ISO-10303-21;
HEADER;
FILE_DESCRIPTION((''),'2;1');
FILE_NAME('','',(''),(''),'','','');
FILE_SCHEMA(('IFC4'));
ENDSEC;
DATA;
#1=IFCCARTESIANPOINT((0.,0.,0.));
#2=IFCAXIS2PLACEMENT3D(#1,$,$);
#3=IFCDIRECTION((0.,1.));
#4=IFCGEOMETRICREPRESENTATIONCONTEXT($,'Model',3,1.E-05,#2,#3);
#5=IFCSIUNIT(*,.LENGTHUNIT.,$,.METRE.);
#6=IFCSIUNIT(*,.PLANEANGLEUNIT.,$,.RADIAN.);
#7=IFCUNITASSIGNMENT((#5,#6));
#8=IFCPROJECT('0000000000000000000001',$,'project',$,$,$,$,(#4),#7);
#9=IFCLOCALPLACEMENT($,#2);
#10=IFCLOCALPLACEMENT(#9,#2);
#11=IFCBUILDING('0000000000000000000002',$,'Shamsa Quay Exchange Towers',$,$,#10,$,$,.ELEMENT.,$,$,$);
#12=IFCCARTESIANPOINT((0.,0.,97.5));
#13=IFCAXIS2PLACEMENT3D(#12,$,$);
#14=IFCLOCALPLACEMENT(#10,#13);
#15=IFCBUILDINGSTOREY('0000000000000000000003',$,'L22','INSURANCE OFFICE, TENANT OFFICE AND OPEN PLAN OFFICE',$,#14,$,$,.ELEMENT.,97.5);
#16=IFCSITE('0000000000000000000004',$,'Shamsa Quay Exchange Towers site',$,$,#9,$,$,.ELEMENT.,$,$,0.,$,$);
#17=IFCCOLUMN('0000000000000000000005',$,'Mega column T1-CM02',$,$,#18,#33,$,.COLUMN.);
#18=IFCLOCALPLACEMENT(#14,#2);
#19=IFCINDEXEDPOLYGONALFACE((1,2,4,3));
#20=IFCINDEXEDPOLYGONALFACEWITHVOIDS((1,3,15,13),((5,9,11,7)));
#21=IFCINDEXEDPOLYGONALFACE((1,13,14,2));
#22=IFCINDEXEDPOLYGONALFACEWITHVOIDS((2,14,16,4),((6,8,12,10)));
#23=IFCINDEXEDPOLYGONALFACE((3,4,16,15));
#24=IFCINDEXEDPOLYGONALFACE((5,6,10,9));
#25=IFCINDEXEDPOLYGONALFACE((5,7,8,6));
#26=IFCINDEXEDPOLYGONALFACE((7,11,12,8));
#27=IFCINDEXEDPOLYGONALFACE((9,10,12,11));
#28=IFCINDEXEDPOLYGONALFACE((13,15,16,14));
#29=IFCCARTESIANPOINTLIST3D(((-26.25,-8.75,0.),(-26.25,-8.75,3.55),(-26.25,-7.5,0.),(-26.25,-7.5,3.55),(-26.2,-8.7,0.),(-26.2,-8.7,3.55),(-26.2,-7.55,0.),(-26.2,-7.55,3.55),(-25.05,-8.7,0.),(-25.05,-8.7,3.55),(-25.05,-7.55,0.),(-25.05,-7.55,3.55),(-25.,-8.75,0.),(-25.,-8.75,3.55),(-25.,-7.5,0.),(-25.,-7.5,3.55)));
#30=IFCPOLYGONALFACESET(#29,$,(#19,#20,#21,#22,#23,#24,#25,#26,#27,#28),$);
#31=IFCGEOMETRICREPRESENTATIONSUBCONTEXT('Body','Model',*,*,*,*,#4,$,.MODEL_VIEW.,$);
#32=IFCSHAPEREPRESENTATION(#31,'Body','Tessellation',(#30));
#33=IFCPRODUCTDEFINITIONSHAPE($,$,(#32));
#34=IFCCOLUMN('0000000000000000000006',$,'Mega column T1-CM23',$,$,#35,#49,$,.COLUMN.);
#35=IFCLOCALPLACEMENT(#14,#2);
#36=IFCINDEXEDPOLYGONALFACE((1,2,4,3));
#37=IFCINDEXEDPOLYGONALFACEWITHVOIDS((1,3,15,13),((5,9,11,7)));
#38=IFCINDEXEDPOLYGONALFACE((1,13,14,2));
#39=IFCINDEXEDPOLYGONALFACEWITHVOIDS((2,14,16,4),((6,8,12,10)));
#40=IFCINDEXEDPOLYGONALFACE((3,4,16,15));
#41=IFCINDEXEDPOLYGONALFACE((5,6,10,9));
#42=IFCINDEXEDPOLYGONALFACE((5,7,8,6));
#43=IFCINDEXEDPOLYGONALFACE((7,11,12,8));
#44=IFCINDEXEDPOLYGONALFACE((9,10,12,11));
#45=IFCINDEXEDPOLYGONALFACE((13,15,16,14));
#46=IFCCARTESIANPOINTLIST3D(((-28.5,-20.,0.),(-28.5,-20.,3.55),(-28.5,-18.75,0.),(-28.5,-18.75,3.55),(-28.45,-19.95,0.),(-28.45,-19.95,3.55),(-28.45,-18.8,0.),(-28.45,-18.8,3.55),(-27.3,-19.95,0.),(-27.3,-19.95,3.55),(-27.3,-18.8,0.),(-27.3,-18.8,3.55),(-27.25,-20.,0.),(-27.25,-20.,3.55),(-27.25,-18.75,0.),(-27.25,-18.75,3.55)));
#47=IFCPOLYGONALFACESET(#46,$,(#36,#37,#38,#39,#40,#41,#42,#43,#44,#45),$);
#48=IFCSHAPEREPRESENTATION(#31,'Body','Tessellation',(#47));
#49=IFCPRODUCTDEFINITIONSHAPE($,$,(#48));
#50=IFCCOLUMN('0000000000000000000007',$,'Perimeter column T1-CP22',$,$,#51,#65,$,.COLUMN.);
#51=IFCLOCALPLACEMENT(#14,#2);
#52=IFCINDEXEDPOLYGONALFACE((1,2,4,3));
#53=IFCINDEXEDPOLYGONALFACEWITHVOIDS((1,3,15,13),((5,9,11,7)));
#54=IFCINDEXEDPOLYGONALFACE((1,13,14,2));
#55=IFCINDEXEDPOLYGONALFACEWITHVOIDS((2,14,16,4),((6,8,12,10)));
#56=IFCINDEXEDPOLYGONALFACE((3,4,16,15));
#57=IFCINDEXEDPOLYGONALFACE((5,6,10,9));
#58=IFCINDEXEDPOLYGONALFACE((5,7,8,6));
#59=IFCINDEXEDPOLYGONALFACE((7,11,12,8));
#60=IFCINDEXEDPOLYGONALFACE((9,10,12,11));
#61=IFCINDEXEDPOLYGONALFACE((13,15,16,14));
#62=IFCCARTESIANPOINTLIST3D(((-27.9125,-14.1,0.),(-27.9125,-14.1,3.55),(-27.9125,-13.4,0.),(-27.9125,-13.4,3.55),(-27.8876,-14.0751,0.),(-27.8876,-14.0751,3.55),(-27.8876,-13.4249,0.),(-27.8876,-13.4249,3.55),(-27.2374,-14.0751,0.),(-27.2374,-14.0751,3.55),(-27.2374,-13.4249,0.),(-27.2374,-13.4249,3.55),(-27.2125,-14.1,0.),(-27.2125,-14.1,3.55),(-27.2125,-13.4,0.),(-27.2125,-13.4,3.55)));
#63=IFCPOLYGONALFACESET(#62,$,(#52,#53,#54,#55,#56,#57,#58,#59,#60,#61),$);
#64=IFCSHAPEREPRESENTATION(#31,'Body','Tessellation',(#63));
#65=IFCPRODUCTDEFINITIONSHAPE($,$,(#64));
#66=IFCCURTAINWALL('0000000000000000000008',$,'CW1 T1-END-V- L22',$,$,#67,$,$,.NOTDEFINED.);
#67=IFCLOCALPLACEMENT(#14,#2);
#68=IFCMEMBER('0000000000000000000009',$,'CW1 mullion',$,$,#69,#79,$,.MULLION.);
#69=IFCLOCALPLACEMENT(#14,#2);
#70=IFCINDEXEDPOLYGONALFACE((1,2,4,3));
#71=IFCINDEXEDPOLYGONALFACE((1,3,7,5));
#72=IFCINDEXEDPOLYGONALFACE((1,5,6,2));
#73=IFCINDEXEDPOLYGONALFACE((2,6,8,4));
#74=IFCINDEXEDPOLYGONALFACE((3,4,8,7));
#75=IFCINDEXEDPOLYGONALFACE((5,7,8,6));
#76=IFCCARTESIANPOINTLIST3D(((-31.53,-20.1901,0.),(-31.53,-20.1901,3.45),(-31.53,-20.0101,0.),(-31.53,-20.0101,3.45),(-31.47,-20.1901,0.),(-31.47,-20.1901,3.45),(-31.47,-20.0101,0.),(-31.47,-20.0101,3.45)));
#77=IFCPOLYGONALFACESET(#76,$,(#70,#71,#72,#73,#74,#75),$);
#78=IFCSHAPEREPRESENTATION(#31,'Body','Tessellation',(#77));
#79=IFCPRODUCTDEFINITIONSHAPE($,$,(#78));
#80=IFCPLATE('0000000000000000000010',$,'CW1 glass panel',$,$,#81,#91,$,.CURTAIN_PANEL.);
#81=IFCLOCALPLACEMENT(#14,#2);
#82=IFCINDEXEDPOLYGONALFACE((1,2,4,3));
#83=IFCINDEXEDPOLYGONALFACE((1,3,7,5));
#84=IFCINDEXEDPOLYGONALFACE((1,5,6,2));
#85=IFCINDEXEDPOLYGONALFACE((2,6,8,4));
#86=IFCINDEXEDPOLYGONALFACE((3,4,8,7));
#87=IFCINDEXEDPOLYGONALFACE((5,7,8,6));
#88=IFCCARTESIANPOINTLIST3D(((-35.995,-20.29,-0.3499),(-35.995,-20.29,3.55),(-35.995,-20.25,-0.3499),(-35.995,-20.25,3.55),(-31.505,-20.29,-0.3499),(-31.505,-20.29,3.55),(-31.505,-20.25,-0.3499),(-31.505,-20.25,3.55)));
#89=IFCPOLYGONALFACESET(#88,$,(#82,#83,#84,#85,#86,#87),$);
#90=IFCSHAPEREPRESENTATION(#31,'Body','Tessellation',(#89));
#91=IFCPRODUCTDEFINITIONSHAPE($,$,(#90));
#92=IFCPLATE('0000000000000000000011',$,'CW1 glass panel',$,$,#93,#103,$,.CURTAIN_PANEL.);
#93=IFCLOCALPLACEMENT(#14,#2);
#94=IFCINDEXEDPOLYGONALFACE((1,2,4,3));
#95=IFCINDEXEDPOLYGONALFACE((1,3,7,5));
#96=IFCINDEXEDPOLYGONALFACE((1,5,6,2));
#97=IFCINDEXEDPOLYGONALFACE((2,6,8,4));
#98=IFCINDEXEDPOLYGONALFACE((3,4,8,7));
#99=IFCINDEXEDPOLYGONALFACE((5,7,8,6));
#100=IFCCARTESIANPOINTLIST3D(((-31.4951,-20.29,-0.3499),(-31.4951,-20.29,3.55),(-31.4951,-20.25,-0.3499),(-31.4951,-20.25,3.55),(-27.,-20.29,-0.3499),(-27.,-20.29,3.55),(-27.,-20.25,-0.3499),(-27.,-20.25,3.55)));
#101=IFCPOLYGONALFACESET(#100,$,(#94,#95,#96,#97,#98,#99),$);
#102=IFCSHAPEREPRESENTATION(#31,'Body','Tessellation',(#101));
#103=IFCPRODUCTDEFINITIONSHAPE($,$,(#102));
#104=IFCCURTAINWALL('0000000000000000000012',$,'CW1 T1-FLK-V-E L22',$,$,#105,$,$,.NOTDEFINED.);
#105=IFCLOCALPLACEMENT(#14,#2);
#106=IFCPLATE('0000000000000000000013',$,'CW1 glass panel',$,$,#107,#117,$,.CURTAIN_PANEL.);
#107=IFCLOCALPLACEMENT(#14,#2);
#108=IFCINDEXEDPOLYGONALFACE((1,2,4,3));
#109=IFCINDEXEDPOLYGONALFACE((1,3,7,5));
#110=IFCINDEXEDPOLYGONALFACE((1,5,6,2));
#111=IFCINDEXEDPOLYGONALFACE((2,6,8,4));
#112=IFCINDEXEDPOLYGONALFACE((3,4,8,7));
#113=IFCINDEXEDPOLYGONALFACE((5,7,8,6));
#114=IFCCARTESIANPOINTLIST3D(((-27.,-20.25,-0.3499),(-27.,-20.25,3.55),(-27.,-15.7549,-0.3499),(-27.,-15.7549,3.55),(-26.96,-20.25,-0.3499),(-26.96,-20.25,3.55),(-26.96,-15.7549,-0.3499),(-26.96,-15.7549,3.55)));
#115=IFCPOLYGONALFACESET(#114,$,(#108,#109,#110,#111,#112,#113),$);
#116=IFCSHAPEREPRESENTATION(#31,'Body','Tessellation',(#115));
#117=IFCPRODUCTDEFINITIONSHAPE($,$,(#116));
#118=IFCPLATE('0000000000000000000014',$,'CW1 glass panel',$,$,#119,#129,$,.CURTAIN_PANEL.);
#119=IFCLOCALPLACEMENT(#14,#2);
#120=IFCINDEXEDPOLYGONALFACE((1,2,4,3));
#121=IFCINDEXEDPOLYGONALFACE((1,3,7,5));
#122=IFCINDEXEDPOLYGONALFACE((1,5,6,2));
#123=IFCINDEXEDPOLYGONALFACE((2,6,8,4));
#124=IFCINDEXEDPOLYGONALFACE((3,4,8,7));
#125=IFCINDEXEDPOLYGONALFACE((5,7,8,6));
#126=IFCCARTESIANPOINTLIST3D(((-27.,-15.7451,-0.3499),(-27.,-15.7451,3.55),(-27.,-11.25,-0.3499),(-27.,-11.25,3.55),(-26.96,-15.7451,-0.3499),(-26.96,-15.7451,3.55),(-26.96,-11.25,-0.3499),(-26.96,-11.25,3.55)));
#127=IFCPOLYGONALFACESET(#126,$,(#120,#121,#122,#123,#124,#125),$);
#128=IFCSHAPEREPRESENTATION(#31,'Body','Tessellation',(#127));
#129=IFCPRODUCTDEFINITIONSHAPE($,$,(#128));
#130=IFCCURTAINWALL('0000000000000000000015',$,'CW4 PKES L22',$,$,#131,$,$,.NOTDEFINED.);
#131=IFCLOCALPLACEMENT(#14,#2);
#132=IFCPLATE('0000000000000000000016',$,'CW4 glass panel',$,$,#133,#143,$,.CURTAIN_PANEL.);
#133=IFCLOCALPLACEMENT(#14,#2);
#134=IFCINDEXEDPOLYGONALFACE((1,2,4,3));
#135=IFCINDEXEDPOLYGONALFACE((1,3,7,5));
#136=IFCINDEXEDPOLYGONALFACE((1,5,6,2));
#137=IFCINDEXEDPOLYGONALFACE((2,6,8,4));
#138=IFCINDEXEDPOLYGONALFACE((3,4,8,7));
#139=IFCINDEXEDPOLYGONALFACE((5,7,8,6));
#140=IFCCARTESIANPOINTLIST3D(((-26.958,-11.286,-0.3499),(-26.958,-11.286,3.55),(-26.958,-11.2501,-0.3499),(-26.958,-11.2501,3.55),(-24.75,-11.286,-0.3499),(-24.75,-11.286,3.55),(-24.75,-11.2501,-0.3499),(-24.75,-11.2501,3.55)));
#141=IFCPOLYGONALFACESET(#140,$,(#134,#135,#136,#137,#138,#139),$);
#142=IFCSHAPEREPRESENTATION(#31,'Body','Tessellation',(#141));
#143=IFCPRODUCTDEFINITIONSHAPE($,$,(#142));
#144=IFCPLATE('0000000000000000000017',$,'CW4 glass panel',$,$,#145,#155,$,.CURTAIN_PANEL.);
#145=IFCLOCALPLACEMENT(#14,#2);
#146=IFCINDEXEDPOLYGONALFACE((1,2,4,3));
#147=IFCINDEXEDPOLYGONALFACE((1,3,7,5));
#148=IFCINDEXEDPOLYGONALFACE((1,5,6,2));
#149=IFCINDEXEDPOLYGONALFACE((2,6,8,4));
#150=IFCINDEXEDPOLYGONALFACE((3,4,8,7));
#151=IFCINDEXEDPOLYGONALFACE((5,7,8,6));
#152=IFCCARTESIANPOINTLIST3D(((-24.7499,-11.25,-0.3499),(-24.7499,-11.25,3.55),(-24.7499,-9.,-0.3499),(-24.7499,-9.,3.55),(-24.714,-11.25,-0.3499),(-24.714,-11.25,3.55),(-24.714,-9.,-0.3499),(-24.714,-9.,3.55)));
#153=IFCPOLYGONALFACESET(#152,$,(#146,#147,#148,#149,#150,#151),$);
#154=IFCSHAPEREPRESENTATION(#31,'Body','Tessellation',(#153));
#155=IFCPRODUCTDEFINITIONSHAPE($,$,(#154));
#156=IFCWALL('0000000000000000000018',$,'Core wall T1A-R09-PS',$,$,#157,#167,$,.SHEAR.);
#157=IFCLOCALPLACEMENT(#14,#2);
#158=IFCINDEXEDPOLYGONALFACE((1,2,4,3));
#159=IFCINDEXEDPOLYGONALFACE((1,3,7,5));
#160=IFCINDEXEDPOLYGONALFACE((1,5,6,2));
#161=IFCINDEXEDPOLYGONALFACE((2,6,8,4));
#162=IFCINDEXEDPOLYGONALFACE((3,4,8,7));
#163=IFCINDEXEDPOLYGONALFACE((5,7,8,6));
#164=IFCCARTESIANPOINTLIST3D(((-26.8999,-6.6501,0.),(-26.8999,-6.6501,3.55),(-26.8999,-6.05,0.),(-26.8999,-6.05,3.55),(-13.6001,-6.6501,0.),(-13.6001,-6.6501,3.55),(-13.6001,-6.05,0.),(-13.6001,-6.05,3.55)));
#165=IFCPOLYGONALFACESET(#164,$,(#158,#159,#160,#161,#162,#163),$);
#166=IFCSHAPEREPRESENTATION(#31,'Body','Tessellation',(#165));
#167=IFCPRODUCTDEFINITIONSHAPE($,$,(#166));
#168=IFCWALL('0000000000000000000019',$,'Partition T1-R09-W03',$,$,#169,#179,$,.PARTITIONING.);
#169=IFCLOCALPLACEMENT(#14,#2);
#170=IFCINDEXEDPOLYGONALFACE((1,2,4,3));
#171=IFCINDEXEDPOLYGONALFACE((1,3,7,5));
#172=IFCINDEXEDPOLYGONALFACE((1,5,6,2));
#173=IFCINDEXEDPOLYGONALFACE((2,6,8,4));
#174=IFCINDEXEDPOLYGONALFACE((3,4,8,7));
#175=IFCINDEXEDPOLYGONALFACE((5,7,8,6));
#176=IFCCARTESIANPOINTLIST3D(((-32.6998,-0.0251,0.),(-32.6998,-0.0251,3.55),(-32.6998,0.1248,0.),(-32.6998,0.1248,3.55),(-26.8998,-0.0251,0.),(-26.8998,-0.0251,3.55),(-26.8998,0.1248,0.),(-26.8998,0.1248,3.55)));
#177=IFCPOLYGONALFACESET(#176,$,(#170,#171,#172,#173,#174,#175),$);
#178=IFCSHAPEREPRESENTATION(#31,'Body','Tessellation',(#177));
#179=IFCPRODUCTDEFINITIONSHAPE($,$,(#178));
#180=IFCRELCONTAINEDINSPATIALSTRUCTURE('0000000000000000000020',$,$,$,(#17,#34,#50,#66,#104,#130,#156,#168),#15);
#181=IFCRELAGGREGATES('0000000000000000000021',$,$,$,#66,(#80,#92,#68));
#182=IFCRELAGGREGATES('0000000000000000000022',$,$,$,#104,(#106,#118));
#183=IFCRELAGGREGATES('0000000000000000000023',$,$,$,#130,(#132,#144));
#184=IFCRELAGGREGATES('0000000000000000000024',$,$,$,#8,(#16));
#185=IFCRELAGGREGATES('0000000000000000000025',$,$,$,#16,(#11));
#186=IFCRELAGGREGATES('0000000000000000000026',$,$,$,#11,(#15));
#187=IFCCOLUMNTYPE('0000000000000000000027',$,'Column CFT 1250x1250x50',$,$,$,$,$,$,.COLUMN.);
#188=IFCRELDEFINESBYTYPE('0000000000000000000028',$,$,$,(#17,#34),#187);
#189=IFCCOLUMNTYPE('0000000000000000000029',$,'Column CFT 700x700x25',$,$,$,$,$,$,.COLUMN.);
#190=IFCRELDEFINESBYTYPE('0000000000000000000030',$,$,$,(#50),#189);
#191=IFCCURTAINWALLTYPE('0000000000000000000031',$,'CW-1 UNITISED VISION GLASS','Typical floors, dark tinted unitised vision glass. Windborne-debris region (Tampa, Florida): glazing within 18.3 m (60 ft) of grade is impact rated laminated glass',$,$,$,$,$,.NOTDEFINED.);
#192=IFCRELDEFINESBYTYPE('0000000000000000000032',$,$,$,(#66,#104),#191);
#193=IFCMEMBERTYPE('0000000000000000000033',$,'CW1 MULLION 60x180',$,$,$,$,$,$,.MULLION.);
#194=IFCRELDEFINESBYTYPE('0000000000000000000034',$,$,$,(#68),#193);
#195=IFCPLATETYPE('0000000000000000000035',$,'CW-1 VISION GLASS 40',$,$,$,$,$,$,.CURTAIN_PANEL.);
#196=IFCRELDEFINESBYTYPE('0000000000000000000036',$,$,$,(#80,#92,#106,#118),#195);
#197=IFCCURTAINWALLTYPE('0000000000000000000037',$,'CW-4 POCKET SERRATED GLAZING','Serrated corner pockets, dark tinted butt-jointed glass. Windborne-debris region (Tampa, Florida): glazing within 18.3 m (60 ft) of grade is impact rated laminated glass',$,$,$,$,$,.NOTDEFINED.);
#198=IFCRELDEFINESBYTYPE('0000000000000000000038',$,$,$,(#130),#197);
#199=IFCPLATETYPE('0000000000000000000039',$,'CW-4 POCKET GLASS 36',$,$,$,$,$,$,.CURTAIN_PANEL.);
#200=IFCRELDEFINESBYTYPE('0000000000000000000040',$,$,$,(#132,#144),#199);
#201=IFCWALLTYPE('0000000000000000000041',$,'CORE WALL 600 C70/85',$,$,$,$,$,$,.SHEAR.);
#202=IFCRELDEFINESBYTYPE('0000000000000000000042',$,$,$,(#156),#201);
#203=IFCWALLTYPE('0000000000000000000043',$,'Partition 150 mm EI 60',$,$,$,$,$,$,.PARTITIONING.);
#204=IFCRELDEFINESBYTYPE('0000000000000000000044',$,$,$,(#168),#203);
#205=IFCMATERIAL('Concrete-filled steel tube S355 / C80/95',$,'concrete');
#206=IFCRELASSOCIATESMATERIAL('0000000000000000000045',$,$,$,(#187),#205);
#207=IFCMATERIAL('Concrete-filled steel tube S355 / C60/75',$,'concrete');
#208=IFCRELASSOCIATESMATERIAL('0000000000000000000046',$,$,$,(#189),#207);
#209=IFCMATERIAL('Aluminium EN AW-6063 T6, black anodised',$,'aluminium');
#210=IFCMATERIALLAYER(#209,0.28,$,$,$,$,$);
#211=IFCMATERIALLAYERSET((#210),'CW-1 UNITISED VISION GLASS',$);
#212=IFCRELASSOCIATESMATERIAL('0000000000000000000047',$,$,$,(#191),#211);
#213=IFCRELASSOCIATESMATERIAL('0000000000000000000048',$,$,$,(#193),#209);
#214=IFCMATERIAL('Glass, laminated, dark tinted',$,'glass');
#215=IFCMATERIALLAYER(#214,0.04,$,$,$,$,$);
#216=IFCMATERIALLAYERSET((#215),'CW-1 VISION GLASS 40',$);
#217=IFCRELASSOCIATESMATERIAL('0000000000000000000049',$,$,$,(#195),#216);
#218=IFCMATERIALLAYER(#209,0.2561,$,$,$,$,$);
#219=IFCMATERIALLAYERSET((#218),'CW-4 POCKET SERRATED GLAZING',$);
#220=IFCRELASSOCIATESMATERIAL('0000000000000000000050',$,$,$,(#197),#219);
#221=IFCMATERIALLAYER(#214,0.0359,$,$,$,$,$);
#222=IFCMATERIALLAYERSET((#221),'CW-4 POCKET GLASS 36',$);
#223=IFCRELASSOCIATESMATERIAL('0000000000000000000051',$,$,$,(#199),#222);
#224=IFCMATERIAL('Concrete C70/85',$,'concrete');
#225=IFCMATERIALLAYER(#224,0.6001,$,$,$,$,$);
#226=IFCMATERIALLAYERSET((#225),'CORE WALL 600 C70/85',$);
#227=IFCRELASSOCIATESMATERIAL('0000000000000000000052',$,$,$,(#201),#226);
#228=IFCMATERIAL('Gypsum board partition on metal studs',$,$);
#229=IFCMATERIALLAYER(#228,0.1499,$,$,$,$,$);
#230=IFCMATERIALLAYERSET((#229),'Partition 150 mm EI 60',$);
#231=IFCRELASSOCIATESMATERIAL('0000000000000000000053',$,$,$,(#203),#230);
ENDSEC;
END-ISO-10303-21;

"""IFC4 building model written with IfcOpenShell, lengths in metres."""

from ifc_helpers import new_model, si_unit, direction, frame, frame_2d, origin, origin_2d, place, context, subcontext, project, spatial, rectangle, hollow_rectangle, extrude, material, layer, layer_set, material_profile, profile_set, type_object, element, aggregate, save


model = new_model("IFC4")

# Units and contexts
model_context = context("Model", 3, precision=1e-05, world=origin(), true_north=direction((0.0, 1.0)))
body_context = subcontext(model_context, "Body", "Model", "MODEL_VIEW")
ifc_project = project(units=[si_unit("LENGTHUNIT", "METRE"), si_unit("PLANEANGLEUNIT", "RADIAN")], contexts=[model_context])

# Site, building, storey
site_placement = place(None, origin())
site = spatial("IfcSite", under=ifc_project, at=site_placement, Name="Shamsa Quay Exchange Towers site", CompositionType="ELEMENT", RefElevation=0.0)
building_placement = place(site_placement, origin())
building = spatial("IfcBuilding", under=site, at=building_placement, Name="Shamsa Quay Exchange Towers", CompositionType="ELEMENT")
storey_placement = place(building_placement, frame((0.0, 0.0, 97.5)))
storey = spatial("IfcBuildingStorey", under=building, at=storey_placement, Name="L22", Description="INSURANCE OFFICE, TENANT OFFICE AND OPEN PLAN OFFICE", CompositionType="ELEMENT", Elevation=97.5)

# Columns
ifc_material_1 = material(Name="Concrete-filled steel tube S355 / C80/95", Category="concrete")
ifc_material_profile_1 = material_profile(ifc_material_1, hollow_rectangle(XDim=1.25, YDim=1.25, WallThickness=0.05, at=origin_2d()), Name="CFT 1250x1250x50")
ifc_profile_set_1 = profile_set([ifc_material_profile_1], Name="Concrete-filled steel tube S355 / C80/95")
column_type_1 = type_object("IfcColumnType", Name="Column CFT 1250x1250x50", PredefinedType="COLUMN", material=ifc_profile_set_1)
for number, where, name in (
    (1, (-25.625, -8.125, 0.0), "Mega column T1-CM02"),
    (2, (-27.875, -19.375, 0.0), "Mega column T1-CM23"),
):
    element("IfcColumn", number, at=place(storey_placement, frame(where)), inside=storey, type_object=column_type_1, Name=name, PredefinedType="COLUMN", context=body_context, shape_type="SweptSolid", body=[
        extrude(hollow_rectangle(XDim=1.25, YDim=1.25, WallThickness=0.05, at=origin_2d()), origin(), (0.0, 0.0, 1.0), 3.55),
    ])
ifc_material_2 = material(Name="Concrete-filled steel tube S355 / C60/75", Category="concrete")
ifc_material_profile_2 = material_profile(ifc_material_2, hollow_rectangle(XDim=0.7, YDim=0.7, WallThickness=0.0249, at=origin_2d()), Name="CFT 700x700x25")
ifc_profile_set_2 = profile_set([ifc_material_profile_2], Name="Concrete-filled steel tube S355 / C60/75")
column_type_2 = type_object("IfcColumnType", Name="Column CFT 700x700x25", PredefinedType="COLUMN", material=ifc_profile_set_2)
column_placement = place(storey_placement, frame((-27.5625, -13.75, 0.0)))
element("IfcColumn", 3, at=column_placement, inside=storey, type_object=column_type_2, Name="Perimeter column T1-CP22", PredefinedType="COLUMN", context=body_context, shape_type="SweptSolid", body=[
    extrude(hollow_rectangle(XDim=0.7, YDim=0.7, WallThickness=0.0249, at=origin_2d()), origin(), (0.0, 0.0, 1.0), 3.55),
])

# Curtain wall, member, plates
ifc_material_3 = material(Name="Aluminium EN AW-6063 T6, black anodised", Category="aluminium")
ifc_layer_1 = layer(ifc_material_3, 0.28)
ifc_layer_set_1 = layer_set([ifc_layer_1], Name="CW-1 UNITISED VISION GLASS")
curtain_wall_type_1 = type_object("IfcCurtainWallType", Name="CW-1 UNITISED VISION GLASS", Description="Typical floors, dark tinted unitised vision glass. Windborne-debris region (Tampa, Florida): glazing within 18.3 m (60 ft) of grade is impact rated laminated glass", PredefinedType="NOTDEFINED", material=ifc_layer_set_1)
curtain_wall_1_placement = place(storey_placement, origin())
curtain_wall_1 = element("IfcCurtainWall", 4, at=curtain_wall_1_placement, inside=storey, type_object=curtain_wall_type_1, Name="CW1 T1-END-V- L22", PredefinedType="NOTDEFINED")
ifc_material_profile_3 = material_profile(ifc_material_3, rectangle(XDim=0.1799, YDim=0.0601, at=origin_2d()), Name="MU60x180")
ifc_profile_set_3 = profile_set([ifc_material_profile_3], Name="Aluminium EN AW-6063 T6, black anodised")
member_type = type_object("IfcMemberType", Name="CW1 MULLION 60x180", PredefinedType="MULLION", material=ifc_profile_set_3)
member_placement = place(storey_placement, frame((-31.5, -20.1001, 0.0), z_axis=(0.0, 0.0, 1.0), x_axis=(0.0, 1.0, 0.0)))
member = element("IfcMember", 5, at=member_placement, type_object=member_type, Name="CW1 mullion", PredefinedType="MULLION", context=body_context, shape_type="SweptSolid", body=[
    extrude(rectangle(XDim=0.1799, YDim=0.0601, at=origin_2d()), origin(), (0.0, 0.0, 1.0), 3.45),
])
ifc_material_4 = material(Name="Glass, laminated, dark tinted", Category="glass")
ifc_layer_2 = layer(ifc_material_4, 0.04)
ifc_layer_set_2 = layer_set([ifc_layer_2], Name="CW-1 VISION GLASS 40")
plate_type_1 = type_object("IfcPlateType", Name="CW-1 VISION GLASS 40", PredefinedType="CURTAIN_PANEL", material=ifc_layer_set_2)
plate_1_placement = place(storey_placement, frame((-33.75, -20.27, -0.3499)))
plate_1 = element("IfcPlate", 6, at=plate_1_placement, type_object=plate_type_1, Name="CW1 glass panel", PredefinedType="CURTAIN_PANEL", context=body_context, shape_type="SweptSolid", body=[
    extrude(rectangle(XDim=4.49, YDim=0.04, at=origin_2d()), origin(), (0.0, 0.0, 1.0), 3.8999),
])
plate_2_placement = place(storey_placement, frame((-29.2476, -20.27, -0.3499)))
plate_2 = element("IfcPlate", 7, at=plate_2_placement, type_object=plate_type_1, Name="CW1 glass panel", PredefinedType="CURTAIN_PANEL", context=body_context, shape_type="SweptSolid", body=[
    extrude(rectangle(XDim=4.4951, YDim=0.04, at=origin_2d()), origin(), (0.0, 0.0, 1.0), 3.8999),
])
aggregate(curtain_wall_1, [plate_1, plate_2, member])

# Curtain walls, plates
curtain_wall_2_placement = place(storey_placement, origin())
curtain_wall_2 = element("IfcCurtainWall", 8, at=curtain_wall_2_placement, inside=storey, type_object=curtain_wall_type_1, Name="CW1 T1-FLK-V-E L22", PredefinedType="NOTDEFINED")
plate_3_placement = place(storey_placement, frame((-26.98, -18.0024, -0.3499), z_axis=(0.0, 0.0, 1.0), x_axis=(0.0, 1.0, 0.0)))
plate_3 = element("IfcPlate", 9, at=plate_3_placement, type_object=plate_type_1, Name="CW1 glass panel", PredefinedType="CURTAIN_PANEL", context=body_context, shape_type="SweptSolid", body=[
    extrude(rectangle(XDim=4.4951, YDim=0.04, at=origin_2d()), origin(), (0.0, 0.0, 1.0), 3.8999),
])
plate_4_placement = place(storey_placement, frame((-26.98, -13.4976, -0.3499), z_axis=(0.0, 0.0, 1.0), x_axis=(0.0, 1.0, 0.0)))
plate_4 = element("IfcPlate", 10, at=plate_4_placement, type_object=plate_type_1, Name="CW1 glass panel", PredefinedType="CURTAIN_PANEL", context=body_context, shape_type="SweptSolid", body=[
    extrude(rectangle(XDim=4.4951, YDim=0.04, at=origin_2d()), origin(), (0.0, 0.0, 1.0), 3.8999),
])
aggregate(curtain_wall_2, [plate_3, plate_4])
ifc_layer_3 = layer(ifc_material_3, 0.2561)
ifc_layer_set_3 = layer_set([ifc_layer_3], Name="CW-4 POCKET SERRATED GLAZING")
curtain_wall_type_2 = type_object("IfcCurtainWallType", Name="CW-4 POCKET SERRATED GLAZING", Description="Serrated corner pockets, dark tinted butt-jointed glass. Windborne-debris region (Tampa, Florida): glazing within 18.3 m (60 ft) of grade is impact rated laminated glass", PredefinedType="NOTDEFINED", material=ifc_layer_set_3)
curtain_wall_3_placement = place(storey_placement, origin())
curtain_wall_3 = element("IfcCurtainWall", 11, at=curtain_wall_3_placement, inside=storey, type_object=curtain_wall_type_2, Name="CW4 PKES L22", PredefinedType="NOTDEFINED")
ifc_layer_4 = layer(ifc_material_4, 0.0359)
ifc_layer_set_4 = layer_set([ifc_layer_4], Name="CW-4 POCKET GLASS 36")
plate_type_2 = type_object("IfcPlateType", Name="CW-4 POCKET GLASS 36", PredefinedType="CURTAIN_PANEL", material=ifc_layer_set_4)
plate_5_placement = place(storey_placement, frame((-25.854, -11.2681, -0.3499)))
plate_5 = element("IfcPlate", 12, at=plate_5_placement, type_object=plate_type_2, Name="CW4 glass panel", PredefinedType="CURTAIN_PANEL", context=body_context, shape_type="SweptSolid", body=[
    extrude(rectangle(XDim=2.208, YDim=0.0359, at=origin_2d()), origin(), (0.0, 0.0, 1.0), 3.8999),
])
plate_6_placement = place(storey_placement, frame((-24.7319, -10.125, -0.3499), z_axis=(0.0, 0.0, 1.0), x_axis=(0.0, 1.0, 0.0)))
plate_6 = element("IfcPlate", 13, at=plate_6_placement, type_object=plate_type_2, Name="CW4 glass panel", PredefinedType="CURTAIN_PANEL", context=body_context, shape_type="SweptSolid", body=[
    extrude(rectangle(XDim=2.25, YDim=0.0359, at=origin_2d()), origin(), (0.0, 0.0, 1.0), 3.8999),
])
aggregate(curtain_wall_3, [plate_5, plate_6])

# Walls
ifc_material_5 = material(Name="Concrete C70/85", Category="concrete")
ifc_layer_5 = layer(ifc_material_5, 0.6001)
ifc_layer_set_5 = layer_set([ifc_layer_5], Name="CORE WALL 600 C70/85")
wall_type_1 = type_object("IfcWallType", Name="CORE WALL 600 C70/85", PredefinedType="SHEAR", material=ifc_layer_set_5)
wall_1_placement = place(storey_placement, frame((-26.8999, -6.3501, 0.0)))
element("IfcWall", 14, at=wall_1_placement, inside=storey, type_object=wall_type_1, Name="Core wall T1A-R09-PS", PredefinedType="SHEAR", context=body_context, shape_type="SweptSolid", body=[
    extrude(rectangle(XDim=13.2998, YDim=0.6001, at=frame_2d((6.6499, 0.0))), origin(), (0.0, 0.0, 1.0), 3.55),
])
ifc_material_6 = material(Name="Gypsum board partition on metal studs")
ifc_layer_6 = layer(ifc_material_6, 0.1499)
ifc_layer_set_6 = layer_set([ifc_layer_6], Name="Partition 150 mm EI 60")
wall_type_2 = type_object("IfcWallType", Name="Partition 150 mm EI 60", PredefinedType="PARTITIONING", material=ifc_layer_set_6)
wall_2_placement = place(storey_placement, frame((-26.8999, 0.0498, 0.0), z_axis=(0.0, 0.0, 1.0), x_axis=(-1.0, 0.0, 0.0)))
element("IfcWall", 15, at=wall_2_placement, inside=storey, type_object=wall_type_2, Name="Partition T1-R09-W03", PredefinedType="PARTITIONING", context=body_context, shape_type="SweptSolid", body=[
    extrude(rectangle(XDim=5.8, YDim=0.1499, at=frame_2d((2.8999, 0.0))), origin(), (0.0, 0.0, 1.0), 3.55),
])

save(model, "model.ifc")
